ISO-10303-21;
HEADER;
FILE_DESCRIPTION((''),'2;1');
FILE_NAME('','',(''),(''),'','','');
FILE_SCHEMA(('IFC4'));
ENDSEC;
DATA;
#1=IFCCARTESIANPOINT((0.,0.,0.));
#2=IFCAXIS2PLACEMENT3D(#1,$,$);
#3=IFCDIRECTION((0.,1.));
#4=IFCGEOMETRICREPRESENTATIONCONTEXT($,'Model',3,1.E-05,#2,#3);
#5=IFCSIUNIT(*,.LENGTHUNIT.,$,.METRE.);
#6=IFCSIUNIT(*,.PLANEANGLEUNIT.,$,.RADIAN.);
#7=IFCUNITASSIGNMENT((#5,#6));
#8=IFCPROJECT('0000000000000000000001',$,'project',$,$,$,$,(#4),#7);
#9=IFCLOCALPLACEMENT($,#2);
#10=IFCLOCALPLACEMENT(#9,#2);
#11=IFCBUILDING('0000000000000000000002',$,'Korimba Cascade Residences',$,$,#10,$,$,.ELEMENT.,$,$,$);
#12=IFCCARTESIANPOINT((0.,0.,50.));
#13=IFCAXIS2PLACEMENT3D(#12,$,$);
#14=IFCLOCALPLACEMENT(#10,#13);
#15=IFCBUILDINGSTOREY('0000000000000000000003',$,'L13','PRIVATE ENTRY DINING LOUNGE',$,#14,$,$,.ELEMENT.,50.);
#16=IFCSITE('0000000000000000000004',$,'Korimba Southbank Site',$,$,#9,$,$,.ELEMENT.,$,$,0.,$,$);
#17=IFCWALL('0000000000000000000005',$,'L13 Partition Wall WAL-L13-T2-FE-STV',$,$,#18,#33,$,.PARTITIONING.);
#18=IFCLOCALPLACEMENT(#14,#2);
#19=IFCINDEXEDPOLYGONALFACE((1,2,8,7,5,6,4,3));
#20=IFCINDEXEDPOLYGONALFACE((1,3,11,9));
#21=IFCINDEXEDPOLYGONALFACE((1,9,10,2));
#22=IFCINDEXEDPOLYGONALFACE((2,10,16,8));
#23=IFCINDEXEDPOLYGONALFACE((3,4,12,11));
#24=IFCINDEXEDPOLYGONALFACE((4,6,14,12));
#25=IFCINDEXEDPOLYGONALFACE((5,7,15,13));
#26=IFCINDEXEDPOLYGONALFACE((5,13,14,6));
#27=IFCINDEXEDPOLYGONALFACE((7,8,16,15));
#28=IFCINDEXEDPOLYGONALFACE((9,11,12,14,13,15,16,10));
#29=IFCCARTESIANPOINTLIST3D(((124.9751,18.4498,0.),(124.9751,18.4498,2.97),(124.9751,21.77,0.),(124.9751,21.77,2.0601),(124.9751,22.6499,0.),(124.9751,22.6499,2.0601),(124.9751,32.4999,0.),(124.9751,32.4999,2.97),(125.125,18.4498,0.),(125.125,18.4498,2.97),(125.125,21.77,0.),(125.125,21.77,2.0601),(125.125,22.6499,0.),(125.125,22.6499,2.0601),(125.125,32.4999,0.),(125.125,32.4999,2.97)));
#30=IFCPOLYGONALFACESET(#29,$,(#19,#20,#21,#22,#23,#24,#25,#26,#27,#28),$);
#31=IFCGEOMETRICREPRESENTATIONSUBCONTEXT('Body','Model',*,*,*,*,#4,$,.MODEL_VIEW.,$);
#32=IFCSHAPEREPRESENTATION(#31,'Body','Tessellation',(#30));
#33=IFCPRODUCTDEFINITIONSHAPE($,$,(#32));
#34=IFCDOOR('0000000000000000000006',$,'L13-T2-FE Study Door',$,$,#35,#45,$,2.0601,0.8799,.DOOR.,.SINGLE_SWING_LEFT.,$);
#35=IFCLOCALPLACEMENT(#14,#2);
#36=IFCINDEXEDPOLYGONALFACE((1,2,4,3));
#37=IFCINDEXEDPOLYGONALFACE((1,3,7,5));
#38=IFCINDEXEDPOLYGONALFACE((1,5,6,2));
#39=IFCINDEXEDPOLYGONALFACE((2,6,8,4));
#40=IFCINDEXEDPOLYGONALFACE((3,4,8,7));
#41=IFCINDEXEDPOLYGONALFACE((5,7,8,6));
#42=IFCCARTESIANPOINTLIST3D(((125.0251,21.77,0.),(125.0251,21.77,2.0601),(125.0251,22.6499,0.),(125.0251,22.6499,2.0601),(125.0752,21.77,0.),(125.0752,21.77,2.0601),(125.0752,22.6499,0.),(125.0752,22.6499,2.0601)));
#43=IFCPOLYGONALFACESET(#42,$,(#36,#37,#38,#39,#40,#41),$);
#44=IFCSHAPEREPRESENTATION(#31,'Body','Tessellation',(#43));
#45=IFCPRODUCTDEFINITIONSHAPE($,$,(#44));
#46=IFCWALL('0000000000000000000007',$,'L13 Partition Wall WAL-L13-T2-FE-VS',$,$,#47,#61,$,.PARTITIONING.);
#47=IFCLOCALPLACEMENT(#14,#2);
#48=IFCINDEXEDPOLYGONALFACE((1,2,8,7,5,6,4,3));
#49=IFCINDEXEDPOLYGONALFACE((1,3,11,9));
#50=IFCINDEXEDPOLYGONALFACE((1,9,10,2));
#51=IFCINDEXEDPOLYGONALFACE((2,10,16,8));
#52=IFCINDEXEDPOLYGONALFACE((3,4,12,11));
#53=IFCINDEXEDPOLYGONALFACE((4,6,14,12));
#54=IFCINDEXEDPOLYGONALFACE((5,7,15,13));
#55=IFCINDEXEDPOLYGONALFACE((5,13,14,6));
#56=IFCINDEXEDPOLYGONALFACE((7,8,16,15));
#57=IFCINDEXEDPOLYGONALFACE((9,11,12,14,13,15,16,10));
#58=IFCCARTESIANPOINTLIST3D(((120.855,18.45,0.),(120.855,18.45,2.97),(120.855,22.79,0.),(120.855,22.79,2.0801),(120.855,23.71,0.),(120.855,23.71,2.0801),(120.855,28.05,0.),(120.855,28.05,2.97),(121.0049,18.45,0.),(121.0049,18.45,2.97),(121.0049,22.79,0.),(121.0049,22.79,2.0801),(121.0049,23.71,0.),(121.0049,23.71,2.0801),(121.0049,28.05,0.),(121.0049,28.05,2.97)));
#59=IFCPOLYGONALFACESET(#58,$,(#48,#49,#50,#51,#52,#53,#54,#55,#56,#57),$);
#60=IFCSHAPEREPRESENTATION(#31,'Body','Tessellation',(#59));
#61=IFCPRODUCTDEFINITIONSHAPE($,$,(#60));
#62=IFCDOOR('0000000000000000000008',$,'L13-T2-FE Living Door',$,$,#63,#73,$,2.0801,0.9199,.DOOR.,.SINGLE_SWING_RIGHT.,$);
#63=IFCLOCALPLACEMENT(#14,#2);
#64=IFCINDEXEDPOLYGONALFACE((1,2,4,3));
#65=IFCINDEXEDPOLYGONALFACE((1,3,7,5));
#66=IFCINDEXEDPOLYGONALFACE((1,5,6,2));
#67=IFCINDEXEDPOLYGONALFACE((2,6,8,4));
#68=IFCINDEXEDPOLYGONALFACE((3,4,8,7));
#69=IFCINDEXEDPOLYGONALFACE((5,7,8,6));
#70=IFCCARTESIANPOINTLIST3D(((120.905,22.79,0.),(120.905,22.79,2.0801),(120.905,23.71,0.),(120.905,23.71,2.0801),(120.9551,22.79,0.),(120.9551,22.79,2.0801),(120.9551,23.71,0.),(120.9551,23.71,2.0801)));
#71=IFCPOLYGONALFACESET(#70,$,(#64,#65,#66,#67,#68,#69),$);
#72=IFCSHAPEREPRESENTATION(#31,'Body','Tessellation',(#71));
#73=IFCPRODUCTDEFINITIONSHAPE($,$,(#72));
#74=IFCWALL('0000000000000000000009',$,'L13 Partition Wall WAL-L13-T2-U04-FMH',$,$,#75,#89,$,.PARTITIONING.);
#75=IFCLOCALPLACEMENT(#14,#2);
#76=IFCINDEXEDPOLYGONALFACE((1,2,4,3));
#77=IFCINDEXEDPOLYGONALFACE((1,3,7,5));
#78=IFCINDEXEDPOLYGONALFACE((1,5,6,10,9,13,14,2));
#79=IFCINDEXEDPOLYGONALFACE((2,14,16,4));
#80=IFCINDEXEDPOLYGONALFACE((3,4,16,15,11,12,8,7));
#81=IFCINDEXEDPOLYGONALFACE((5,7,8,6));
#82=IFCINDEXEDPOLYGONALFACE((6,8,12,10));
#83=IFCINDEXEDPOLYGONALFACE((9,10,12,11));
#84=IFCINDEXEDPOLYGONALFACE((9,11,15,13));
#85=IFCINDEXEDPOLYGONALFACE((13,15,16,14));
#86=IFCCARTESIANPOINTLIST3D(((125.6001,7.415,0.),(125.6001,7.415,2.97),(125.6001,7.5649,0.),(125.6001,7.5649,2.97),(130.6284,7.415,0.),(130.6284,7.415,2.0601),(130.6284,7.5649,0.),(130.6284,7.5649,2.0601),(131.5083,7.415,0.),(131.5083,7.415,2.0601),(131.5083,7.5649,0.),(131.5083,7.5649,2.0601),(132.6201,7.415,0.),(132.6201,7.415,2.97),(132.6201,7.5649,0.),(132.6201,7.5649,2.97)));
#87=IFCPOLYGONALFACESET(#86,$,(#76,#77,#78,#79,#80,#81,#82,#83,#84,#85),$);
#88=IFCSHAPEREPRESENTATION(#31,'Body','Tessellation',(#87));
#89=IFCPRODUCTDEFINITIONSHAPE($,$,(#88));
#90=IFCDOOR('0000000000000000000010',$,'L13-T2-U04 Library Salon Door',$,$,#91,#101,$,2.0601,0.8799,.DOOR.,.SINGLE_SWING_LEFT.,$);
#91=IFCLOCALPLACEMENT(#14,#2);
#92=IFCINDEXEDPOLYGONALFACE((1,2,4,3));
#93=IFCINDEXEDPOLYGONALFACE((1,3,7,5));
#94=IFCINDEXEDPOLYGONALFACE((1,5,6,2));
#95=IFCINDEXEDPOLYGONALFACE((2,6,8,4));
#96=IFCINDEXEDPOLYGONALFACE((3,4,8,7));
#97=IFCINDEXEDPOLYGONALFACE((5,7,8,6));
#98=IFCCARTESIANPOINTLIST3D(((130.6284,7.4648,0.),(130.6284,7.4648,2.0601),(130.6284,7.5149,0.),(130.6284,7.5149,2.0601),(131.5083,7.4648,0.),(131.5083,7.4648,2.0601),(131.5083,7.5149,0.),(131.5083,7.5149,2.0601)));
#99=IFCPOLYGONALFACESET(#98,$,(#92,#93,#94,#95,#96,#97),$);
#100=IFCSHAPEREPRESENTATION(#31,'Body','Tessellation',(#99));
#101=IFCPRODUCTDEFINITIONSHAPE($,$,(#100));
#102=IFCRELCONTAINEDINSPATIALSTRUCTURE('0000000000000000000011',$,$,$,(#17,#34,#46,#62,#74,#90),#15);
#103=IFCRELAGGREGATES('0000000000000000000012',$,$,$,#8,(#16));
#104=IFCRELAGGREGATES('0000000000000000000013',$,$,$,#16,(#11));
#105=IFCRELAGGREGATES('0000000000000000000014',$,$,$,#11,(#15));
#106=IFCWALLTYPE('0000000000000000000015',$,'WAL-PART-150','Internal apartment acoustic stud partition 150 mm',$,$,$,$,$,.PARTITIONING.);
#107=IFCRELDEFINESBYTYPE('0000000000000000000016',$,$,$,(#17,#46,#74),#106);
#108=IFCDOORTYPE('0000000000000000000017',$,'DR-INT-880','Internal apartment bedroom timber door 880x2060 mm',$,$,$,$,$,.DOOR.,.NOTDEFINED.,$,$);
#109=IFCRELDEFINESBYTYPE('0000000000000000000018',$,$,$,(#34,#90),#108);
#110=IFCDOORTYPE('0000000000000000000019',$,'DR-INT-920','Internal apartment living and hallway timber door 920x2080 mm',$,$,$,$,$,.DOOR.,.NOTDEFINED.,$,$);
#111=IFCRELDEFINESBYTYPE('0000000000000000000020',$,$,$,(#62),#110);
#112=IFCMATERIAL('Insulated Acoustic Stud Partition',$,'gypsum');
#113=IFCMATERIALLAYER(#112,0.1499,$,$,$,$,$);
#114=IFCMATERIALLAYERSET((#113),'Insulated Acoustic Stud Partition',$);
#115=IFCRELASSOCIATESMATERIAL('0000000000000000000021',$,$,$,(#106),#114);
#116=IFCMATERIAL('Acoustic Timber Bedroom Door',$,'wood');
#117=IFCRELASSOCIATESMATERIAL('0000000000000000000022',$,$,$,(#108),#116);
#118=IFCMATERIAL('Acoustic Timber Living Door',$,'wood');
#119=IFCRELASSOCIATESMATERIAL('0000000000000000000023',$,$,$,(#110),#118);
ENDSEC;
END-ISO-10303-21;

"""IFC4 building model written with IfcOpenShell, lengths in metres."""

from ifc_helpers import new_model, si_unit, direction, frame, frame_2d, origin, place, context, subcontext, project, spatial, rectangle, extrude, material, layer, layer_set, type_object, element, fill, save


model = new_model("IFC4")

# Units and contexts
model_context = context("Model", 3, precision=1e-05, world=origin(), true_north=direction((0.0, 1.0)))
body_context = subcontext(model_context, "Body", "Model", "MODEL_VIEW")
ifc_project = project(units=[si_unit("LENGTHUNIT", "METRE"), si_unit("PLANEANGLEUNIT", "RADIAN")], contexts=[model_context])

# Site, building, storey
site_placement = place(None, origin())
site = spatial("IfcSite", under=ifc_project, at=site_placement, Name="Korimba Southbank Site", CompositionType="ELEMENT", RefElevation=0.0)
building_placement = place(site_placement, origin())
building = spatial("IfcBuilding", under=site, at=building_placement, Name="Korimba Cascade Residences", CompositionType="ELEMENT")
storey_placement = place(building_placement, frame((0.0, 0.0, 50.0)))
storey = spatial("IfcBuildingStorey", under=building, at=storey_placement, Name="L13", Description="PRIVATE ENTRY DINING LOUNGE", CompositionType="ELEMENT", Elevation=50.0)

# Walls, openings, doors
ifc_material_1 = material(Name="Insulated Acoustic Stud Partition", Category="gypsum")
ifc_layer_1 = layer(ifc_material_1, 0.1499)
ifc_layer_set_1 = layer_set([ifc_layer_1], Name="Insulated Acoustic Stud Partition")
wall_type_1 = type_object("IfcWallType", Name="WAL-PART-150", Description="Internal apartment acoustic stud partition 150 mm", PredefinedType="PARTITIONING", material=ifc_layer_set_1)
wall_1_placement = place(storey_placement, frame((125.05, 18.45, 0.0), z_axis=(0.0, 0.0, 1.0), x_axis=(0.0, 1.0, 0.0)))
wall_1 = element("IfcWall", 1, at=wall_1_placement, inside=storey, type_object=wall_type_1, Name="L13 Partition Wall WAL-L13-T2-FE-STV", PredefinedType="PARTITIONING", context=body_context, shape_type="SweptSolid", body=[
    extrude(rectangle(XDim=14.05, YDim=0.1499, at=frame_2d((7.0249, 0.0))), origin(), (0.0, 0.0, 1.0), 2.97),
])
opening_1_placement = place(wall_1_placement, frame((3.3201, 0.0, 0.0)))
opening_1 = element("IfcOpeningElement", 2, at=opening_1_placement, cuts=wall_1, PredefinedType="OPENING", context=body_context, shape_type="SweptSolid", body=[
    extrude(rectangle(XDim=0.8799, YDim=2.0601, at=frame_2d((0.4399, 1.03))), frame((0.0, 0.085, 0.0), z_axis=(0.0, -1.0, 0.0), x_axis=(1.0, 0.0, 0.0)), (0.0, 0.0, 1.0), 0.1699),
])
ifc_material_2 = material(Name="Acoustic Timber Bedroom Door", Category="wood")
door_type_1 = type_object("IfcDoorType", Name="DR-INT-880", Description="Internal apartment bedroom timber door 880x2060 mm", OperationType="NOTDEFINED", PredefinedType="DOOR", material=ifc_material_2)
door_1_placement = place(opening_1_placement, origin())
door_1 = element("IfcDoor", 3, at=door_1_placement, inside=storey, type_object=door_type_1, Name="L13-T2-FE Study Door", OperationType="SINGLE_SWING_LEFT", OverallHeight=2.0601, OverallWidth=0.8799, PredefinedType="DOOR", context=body_context, shape_type="SweptSolid", body=[
    extrude(rectangle(XDim=0.8799, YDim=2.0601, at=frame_2d((0.4399, 1.03))), frame((0.0, 0.0249, 0.0), z_axis=(0.0, -1.0, 0.0), x_axis=(1.0, 0.0, 0.0)), (0.0, 0.0, 1.0), 0.05),
])
fill(opening_1, door_1)
wall_2_placement = place(storey_placement, frame((120.9299, 18.45, 0.0), z_axis=(0.0, 0.0, 1.0), x_axis=(0.0, 1.0, 0.0)))
wall_2 = element("IfcWall", 4, at=wall_2_placement, inside=storey, type_object=wall_type_1, Name="L13 Partition Wall WAL-L13-T2-FE-VS", PredefinedType="PARTITIONING", context=body_context, shape_type="SweptSolid", body=[
    extrude(rectangle(XDim=9.6001, YDim=0.1499, at=frame_2d((4.8, 0.0))), origin(), (0.0, 0.0, 1.0), 2.97),
])
opening_2_placement = place(wall_2_placement, frame((4.3401, 0.0, 0.0)))
opening_2 = element("IfcOpeningElement", 5, at=opening_2_placement, cuts=wall_2, PredefinedType="OPENING", context=body_context, shape_type="SweptSolid", body=[
    extrude(rectangle(XDim=0.9199, YDim=2.0801, at=frame_2d((0.46, 1.04))), frame((0.0, 0.085, 0.0), z_axis=(0.0, -1.0, 0.0), x_axis=(1.0, 0.0, 0.0)), (0.0, 0.0, 1.0), 0.1699),
])
ifc_material_3 = material(Name="Acoustic Timber Living Door", Category="wood")
door_type_2 = type_object("IfcDoorType", Name="DR-INT-920", Description="Internal apartment living and hallway timber door 920x2080 mm", OperationType="NOTDEFINED", PredefinedType="DOOR", material=ifc_material_3)
door_2_placement = place(opening_2_placement, origin())
door_2 = element("IfcDoor", 6, at=door_2_placement, inside=storey, type_object=door_type_2, Name="L13-T2-FE Living Door", OperationType="SINGLE_SWING_RIGHT", OverallHeight=2.0801, OverallWidth=0.9199, PredefinedType="DOOR", context=body_context, shape_type="SweptSolid", body=[
    extrude(rectangle(XDim=0.9199, YDim=2.0801, at=frame_2d((0.46, 1.04))), frame((0.0, 0.0249, 0.0), z_axis=(0.0, -1.0, 0.0), x_axis=(1.0, 0.0, 0.0)), (0.0, 0.0, 1.0), 0.05),
])
fill(opening_2, door_2)
wall_3_placement = place(storey_placement, frame((125.6001, 7.49, 0.0), z_axis=(0.0, 0.0, 1.0), x_axis=(1.0, 0.0, 0.0)))
wall_3 = element("IfcWall", 7, at=wall_3_placement, inside=storey, type_object=wall_type_1, Name="L13 Partition Wall WAL-L13-T2-U04-FMH", PredefinedType="PARTITIONING", context=body_context, shape_type="SweptSolid", body=[
    extrude(rectangle(XDim=7.02, YDim=0.1499, at=frame_2d((3.51, 0.0))), origin(), (0.0, 0.0, 1.0), 2.97),
])
opening_3_placement = place(wall_3_placement, frame((5.0283, 0.0, 0.0)))
opening_3 = element("IfcOpeningElement", 8, at=opening_3_placement, cuts=wall_3, PredefinedType="OPENING", context=body_context, shape_type="SweptSolid", body=[
    extrude(rectangle(XDim=0.8799, YDim=2.0601, at=frame_2d((0.4399, 1.03))), frame((0.0, 0.085, 0.0), z_axis=(0.0, -1.0, 0.0), x_axis=(1.0, 0.0, 0.0)), (0.0, 0.0, 1.0), 0.1699),
])
door_3_placement = place(opening_3_placement, origin())
door_3 = element("IfcDoor", 9, at=door_3_placement, inside=storey, type_object=door_type_1, Name="L13-T2-U04 Library Salon Door", OperationType="SINGLE_SWING_LEFT", OverallHeight=2.0601, OverallWidth=0.8799, PredefinedType="DOOR", context=body_context, shape_type="SweptSolid", body=[
    extrude(rectangle(XDim=0.8799, YDim=2.0601, at=frame_2d((0.4399, 1.03))), frame((0.0, 0.0249, 0.0), z_axis=(0.0, -1.0, 0.0), x_axis=(1.0, 0.0, 0.0)), (0.0, 0.0, 1.0), 0.05),
])
fill(opening_3, door_3)

save(model, "model.ifc")
